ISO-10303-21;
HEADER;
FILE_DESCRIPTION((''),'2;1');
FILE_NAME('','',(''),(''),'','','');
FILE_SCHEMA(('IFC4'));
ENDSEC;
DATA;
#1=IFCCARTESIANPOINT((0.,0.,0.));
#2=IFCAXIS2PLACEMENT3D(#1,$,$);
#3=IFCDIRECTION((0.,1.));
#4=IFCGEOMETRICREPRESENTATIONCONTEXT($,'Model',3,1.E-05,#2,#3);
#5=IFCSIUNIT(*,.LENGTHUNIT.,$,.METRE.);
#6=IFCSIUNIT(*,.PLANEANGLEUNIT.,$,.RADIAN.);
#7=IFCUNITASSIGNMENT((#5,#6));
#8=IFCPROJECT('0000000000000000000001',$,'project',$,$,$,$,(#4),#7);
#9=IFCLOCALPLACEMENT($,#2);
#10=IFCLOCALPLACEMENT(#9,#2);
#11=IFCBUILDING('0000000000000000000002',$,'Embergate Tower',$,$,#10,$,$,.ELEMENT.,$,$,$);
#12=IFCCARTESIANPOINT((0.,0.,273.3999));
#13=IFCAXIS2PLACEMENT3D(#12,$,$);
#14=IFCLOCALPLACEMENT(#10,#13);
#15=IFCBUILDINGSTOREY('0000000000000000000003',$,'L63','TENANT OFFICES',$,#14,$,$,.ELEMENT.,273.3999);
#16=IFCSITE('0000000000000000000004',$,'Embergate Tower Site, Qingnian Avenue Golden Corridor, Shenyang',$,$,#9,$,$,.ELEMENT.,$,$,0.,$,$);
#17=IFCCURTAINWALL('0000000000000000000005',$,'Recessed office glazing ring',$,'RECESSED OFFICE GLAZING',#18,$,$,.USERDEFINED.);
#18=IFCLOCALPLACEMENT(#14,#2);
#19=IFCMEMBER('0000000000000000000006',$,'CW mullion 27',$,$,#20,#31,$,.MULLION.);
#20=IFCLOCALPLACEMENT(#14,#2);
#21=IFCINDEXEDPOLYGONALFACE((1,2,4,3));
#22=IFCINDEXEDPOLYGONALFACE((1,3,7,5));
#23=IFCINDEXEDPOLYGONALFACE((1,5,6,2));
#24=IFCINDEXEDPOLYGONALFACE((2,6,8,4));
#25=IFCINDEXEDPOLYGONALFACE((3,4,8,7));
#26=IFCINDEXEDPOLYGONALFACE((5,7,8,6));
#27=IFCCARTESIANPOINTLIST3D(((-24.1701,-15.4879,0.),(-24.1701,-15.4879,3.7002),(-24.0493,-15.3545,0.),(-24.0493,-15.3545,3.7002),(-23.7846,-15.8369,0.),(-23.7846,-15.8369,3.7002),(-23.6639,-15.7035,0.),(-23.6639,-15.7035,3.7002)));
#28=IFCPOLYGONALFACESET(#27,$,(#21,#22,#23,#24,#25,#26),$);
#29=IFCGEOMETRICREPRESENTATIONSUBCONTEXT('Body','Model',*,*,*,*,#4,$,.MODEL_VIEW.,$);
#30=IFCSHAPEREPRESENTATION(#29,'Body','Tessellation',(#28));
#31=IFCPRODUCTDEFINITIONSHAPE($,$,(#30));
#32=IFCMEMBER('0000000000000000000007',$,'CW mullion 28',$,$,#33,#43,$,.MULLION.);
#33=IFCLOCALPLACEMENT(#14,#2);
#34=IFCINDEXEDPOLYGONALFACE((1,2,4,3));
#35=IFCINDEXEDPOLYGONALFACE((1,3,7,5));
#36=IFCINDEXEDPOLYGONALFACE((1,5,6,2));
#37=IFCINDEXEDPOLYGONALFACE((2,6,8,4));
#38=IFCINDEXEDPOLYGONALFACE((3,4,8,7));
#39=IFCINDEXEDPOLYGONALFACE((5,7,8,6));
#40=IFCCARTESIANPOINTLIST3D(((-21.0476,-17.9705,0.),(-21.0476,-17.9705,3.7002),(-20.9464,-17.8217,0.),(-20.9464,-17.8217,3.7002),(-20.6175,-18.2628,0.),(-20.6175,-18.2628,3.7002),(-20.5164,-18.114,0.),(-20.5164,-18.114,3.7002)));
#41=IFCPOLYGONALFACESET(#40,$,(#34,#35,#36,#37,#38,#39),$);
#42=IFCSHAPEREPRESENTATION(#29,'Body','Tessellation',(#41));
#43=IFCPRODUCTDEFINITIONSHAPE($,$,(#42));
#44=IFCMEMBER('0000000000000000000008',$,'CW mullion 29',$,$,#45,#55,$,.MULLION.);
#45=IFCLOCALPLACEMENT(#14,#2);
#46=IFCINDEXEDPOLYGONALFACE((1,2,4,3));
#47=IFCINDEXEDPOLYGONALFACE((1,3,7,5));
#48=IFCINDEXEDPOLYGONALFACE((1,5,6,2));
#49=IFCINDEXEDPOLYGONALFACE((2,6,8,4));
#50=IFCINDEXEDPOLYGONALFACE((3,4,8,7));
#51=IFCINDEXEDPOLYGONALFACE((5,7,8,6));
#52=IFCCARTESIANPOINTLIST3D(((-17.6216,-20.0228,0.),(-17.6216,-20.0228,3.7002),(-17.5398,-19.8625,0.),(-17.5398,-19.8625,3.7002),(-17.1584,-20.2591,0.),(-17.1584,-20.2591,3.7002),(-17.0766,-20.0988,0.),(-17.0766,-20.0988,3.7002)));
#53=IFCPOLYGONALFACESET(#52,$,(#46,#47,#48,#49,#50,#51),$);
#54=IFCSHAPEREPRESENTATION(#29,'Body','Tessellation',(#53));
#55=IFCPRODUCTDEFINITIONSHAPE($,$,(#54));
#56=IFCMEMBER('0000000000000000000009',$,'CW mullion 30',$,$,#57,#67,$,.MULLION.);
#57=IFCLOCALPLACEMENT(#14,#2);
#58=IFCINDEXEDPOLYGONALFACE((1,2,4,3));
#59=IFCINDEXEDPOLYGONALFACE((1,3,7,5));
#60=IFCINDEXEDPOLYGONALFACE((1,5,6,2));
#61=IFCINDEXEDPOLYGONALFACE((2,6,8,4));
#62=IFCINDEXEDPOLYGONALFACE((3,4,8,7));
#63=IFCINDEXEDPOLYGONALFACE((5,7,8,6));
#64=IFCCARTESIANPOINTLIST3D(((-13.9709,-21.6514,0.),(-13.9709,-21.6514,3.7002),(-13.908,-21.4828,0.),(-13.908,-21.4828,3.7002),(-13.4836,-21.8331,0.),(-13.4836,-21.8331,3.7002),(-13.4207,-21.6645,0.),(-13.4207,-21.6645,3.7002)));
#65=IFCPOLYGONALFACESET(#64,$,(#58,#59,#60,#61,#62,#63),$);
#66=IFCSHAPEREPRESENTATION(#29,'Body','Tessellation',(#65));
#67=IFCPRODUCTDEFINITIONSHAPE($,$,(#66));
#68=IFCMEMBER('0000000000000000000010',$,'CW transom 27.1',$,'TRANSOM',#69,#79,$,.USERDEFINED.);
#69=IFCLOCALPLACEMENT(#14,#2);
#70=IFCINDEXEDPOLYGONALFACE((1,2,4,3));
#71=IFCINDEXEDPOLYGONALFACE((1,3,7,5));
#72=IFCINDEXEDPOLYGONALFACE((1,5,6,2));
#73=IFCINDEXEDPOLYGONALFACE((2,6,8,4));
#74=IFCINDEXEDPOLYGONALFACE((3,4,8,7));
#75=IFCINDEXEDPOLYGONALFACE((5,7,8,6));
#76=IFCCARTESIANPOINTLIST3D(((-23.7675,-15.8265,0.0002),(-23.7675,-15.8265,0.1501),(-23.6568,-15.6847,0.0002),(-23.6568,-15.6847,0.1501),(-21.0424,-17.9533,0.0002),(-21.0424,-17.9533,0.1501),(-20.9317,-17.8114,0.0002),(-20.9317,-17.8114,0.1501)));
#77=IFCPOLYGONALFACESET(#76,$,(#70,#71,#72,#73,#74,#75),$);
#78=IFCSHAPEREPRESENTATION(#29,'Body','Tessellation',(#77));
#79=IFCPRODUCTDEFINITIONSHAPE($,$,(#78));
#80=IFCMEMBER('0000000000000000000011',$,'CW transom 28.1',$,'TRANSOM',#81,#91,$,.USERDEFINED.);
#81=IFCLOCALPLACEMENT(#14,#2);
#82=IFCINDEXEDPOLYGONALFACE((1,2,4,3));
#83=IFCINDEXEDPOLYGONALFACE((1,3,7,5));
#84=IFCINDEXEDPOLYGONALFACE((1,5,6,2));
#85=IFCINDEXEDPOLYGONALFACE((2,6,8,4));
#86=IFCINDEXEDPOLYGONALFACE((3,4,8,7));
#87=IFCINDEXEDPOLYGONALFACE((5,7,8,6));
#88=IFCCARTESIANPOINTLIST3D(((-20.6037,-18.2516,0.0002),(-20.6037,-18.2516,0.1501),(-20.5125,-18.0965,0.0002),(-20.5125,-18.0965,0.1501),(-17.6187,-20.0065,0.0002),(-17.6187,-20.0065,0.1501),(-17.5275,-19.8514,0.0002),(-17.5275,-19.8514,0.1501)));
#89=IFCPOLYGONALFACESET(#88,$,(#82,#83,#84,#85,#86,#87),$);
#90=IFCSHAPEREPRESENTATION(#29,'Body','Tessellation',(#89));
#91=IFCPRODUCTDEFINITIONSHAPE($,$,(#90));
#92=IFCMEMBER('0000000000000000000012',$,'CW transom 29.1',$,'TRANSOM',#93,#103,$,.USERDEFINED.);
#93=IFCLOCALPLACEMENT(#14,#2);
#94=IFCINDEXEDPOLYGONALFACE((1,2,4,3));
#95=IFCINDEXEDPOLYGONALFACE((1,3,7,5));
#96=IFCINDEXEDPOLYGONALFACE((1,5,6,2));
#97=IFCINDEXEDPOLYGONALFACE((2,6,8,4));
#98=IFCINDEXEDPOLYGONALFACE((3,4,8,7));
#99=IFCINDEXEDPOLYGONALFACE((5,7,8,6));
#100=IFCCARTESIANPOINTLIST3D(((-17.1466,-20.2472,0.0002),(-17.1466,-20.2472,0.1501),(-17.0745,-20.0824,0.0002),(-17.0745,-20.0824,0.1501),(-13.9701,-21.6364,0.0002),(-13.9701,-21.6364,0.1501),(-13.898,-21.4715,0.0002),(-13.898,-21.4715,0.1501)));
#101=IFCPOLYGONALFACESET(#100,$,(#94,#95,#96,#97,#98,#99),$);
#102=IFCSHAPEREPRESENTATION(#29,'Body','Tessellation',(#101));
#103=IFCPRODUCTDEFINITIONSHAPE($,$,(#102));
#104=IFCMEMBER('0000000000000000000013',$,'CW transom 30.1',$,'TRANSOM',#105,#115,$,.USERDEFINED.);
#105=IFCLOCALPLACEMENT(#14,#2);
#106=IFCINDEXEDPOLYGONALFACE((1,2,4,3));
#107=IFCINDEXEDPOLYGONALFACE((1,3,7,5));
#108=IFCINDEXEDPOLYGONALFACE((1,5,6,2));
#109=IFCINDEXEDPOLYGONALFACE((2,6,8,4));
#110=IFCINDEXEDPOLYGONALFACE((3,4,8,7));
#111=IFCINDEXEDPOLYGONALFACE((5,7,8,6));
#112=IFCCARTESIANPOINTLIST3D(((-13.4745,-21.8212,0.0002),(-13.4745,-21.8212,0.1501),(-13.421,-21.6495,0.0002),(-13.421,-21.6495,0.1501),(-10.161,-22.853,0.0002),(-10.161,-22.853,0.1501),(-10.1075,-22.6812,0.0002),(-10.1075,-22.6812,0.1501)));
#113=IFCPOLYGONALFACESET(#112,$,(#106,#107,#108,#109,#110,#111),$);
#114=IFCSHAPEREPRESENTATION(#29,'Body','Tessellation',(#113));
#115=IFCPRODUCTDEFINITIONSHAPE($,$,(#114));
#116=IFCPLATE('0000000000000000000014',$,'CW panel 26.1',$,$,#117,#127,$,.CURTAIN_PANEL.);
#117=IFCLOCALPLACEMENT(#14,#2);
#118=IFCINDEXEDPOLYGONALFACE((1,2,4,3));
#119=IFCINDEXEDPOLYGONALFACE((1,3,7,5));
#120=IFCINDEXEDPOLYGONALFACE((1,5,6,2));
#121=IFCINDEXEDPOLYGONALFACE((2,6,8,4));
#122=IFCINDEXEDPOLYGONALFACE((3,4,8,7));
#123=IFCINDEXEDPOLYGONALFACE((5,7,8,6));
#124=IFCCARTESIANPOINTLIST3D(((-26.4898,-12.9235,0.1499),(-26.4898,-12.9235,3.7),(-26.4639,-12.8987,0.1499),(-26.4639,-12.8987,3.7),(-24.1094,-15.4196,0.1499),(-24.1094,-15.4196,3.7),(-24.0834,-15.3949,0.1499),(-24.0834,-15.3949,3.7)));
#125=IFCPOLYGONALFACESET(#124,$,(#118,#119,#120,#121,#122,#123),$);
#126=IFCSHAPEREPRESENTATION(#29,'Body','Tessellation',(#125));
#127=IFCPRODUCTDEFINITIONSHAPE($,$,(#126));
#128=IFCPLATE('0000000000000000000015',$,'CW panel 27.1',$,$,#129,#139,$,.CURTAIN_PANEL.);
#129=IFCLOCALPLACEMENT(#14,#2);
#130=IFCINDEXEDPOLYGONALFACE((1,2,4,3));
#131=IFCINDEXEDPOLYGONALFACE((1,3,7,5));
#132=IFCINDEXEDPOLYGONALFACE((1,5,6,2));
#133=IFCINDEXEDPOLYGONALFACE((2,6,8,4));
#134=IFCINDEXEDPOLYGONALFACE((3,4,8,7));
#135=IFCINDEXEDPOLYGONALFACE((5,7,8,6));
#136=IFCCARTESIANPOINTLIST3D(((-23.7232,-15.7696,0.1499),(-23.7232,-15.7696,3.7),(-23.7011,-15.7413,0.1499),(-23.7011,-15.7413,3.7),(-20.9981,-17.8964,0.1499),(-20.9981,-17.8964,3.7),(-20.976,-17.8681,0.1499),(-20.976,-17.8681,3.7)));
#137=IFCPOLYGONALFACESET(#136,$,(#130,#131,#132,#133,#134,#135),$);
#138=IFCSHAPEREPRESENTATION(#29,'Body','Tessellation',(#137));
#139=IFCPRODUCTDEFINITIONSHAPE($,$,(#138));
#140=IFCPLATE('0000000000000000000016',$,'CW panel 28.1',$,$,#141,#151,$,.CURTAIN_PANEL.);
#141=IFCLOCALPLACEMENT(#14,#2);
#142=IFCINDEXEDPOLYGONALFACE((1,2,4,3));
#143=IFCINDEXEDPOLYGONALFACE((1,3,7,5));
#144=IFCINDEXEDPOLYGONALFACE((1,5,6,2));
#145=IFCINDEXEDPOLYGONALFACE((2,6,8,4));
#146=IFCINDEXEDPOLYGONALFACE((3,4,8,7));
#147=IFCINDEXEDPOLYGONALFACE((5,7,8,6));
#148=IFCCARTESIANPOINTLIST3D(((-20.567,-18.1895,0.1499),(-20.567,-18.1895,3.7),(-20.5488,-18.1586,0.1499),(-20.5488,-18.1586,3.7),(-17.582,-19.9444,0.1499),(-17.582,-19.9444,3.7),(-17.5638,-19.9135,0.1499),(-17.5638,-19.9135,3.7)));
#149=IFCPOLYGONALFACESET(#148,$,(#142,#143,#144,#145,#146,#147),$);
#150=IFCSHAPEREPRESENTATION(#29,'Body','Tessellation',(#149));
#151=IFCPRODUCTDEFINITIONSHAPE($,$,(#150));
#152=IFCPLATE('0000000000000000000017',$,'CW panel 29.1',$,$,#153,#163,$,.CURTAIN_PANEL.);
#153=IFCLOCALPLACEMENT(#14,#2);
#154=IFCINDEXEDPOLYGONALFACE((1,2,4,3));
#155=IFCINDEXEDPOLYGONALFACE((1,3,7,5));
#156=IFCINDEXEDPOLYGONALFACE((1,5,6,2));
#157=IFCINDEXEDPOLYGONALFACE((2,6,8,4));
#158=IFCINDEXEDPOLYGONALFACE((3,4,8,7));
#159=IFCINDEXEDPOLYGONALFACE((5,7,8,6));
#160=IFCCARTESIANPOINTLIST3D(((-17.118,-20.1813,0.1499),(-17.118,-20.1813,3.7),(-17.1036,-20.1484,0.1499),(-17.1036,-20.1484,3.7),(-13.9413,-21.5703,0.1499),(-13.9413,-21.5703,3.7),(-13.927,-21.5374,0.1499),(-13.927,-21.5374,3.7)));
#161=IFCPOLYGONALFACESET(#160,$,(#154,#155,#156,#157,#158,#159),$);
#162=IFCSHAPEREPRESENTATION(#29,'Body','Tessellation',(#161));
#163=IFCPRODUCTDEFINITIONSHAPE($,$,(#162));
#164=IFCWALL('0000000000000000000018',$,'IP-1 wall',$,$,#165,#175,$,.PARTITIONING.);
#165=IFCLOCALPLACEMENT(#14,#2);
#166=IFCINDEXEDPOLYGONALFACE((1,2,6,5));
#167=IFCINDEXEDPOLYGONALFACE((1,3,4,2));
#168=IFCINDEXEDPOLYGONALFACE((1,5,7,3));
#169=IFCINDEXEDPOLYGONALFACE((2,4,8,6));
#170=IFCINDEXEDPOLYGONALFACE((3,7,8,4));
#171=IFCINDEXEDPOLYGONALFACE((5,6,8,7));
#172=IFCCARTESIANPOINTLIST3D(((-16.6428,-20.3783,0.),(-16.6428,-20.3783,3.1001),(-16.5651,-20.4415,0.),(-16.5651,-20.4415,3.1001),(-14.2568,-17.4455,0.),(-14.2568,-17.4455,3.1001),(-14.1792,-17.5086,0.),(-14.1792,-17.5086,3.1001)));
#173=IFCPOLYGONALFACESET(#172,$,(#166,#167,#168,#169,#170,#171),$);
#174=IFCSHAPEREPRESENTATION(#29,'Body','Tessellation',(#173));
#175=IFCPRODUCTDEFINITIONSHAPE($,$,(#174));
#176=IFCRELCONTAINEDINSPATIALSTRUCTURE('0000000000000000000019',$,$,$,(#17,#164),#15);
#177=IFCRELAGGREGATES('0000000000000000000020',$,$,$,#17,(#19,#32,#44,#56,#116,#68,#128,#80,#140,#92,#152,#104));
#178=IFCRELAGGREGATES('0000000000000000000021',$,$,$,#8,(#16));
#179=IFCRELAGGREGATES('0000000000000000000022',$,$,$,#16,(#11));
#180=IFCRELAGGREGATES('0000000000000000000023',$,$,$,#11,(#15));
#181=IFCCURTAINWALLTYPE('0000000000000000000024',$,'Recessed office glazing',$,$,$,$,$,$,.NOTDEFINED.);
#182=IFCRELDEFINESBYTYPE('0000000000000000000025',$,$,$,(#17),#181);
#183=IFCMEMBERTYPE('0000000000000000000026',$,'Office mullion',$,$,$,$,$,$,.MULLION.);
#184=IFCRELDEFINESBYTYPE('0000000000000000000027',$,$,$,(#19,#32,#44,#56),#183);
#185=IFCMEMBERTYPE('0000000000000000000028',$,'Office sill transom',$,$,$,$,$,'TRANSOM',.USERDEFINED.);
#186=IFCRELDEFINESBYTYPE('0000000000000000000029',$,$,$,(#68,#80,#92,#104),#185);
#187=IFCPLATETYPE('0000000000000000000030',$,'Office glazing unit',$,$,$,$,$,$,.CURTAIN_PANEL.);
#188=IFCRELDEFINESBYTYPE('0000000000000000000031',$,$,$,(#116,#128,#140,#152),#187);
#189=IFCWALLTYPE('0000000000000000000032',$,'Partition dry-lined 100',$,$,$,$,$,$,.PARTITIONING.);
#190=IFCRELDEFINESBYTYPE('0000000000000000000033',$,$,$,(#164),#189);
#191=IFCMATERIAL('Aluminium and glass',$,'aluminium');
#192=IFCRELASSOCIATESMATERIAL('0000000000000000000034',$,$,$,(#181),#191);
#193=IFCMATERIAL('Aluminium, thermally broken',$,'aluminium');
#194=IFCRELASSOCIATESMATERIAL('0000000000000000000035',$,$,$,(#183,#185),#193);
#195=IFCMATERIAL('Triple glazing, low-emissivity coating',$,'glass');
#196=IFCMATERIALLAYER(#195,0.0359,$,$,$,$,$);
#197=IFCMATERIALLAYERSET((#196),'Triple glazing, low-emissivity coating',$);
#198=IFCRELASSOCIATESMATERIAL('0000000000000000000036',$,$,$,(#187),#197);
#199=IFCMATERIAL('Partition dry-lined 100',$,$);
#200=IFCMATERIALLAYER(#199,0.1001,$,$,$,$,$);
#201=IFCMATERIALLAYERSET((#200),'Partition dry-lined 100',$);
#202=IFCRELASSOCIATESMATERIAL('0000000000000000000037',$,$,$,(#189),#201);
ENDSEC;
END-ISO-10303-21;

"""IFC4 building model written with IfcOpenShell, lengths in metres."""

from ifc_helpers import new_model, si_unit, direction, frame, frame_2d, origin, origin_2d, place, context, subcontext, project, spatial, rectangle, extrude, source, transform, mapped, material, layer, layer_set, material_profile, profile_set, type_object, element, aggregate, save


model = new_model("IFC4")

# Units and contexts
model_context = context("Model", 3, precision=1e-05, world=origin(), true_north=direction((0.0, 1.0)))
body_context = subcontext(model_context, "Body", "Model", "MODEL_VIEW")
ifc_project = project(units=[si_unit("LENGTHUNIT", "METRE"), si_unit("PLANEANGLEUNIT", "RADIAN")], contexts=[model_context])

# Site, building, storey
site_placement = place(None, origin())
site = spatial("IfcSite", under=ifc_project, at=site_placement, Name="Embergate Tower Site, Qingnian Avenue Golden Corridor, Shenyang", CompositionType="ELEMENT", RefElevation=0.0)
building_placement = place(site_placement, origin())
building = spatial("IfcBuilding", under=site, at=building_placement, Name="Embergate Tower", CompositionType="ELEMENT")
storey_placement = place(building_placement, frame((0.0, 0.0, 273.3999)))
storey = spatial("IfcBuildingStorey", under=building, at=storey_placement, Name="L63", Description="TENANT OFFICES", CompositionType="ELEMENT", Elevation=273.3999)

# Curtain wall, members, plates
ifc_material_1 = material(Name="Aluminium and glass", Category="aluminium")
curtain_wall_type = type_object("IfcCurtainWallType", Name="Recessed office glazing", PredefinedType="NOTDEFINED", material=ifc_material_1)
curtain_wall_placement = place(storey_placement, origin())
curtain_wall = element("IfcCurtainWall", 1, at=curtain_wall_placement, inside=storey, type_object=curtain_wall_type, Name="Recessed office glazing ring", ObjectType="RECESSED OFFICE GLAZING", PredefinedType="USERDEFINED")
ifc_material_2 = material(Name="Aluminium, thermally broken", Category="aluminium")
ifc_material_profile_1 = material_profile(ifc_material_2, rectangle(XDim=0.1799, YDim=0.52, at=origin_2d()), Name="AL 520x180")
ifc_profile_set_1 = profile_set([ifc_material_profile_1], Name="Aluminium, thermally broken")
member_type_1 = type_object("IfcMemberType", Name="Office mullion", PredefinedType="MULLION", material=ifc_profile_set_1)
shared_shape_1 = source(origin(), body_context, "Body", "SweptSolid", [
    extrude(rectangle(XDim=0.1799, YDim=0.52, at=origin_2d()), origin(), (0.0, 0.0, 1.0), 3.7002),
])
member_1_placement = place(storey_placement, frame((-23.917, -15.5957, 0.0), z_axis=(0.0, 0.0, 1.0), x_axis=(0.671216, 0.741262, 0.0)))
member_1 = element("IfcMember", 2, at=member_1_placement, type_object=member_type_1, Name="CW mullion 27", PredefinedType="MULLION", context=body_context, shape_type="MappedRepresentation", body=[
    mapped(shared_shape_1, transform((0.0, 0.0, 0.0))),
])
member_2_placement = place(storey_placement, frame((-20.782, -18.0422, 0.0), z_axis=(0.0, 0.0, 1.0), x_axis=(0.562208, 0.826996, 0.0)))
member_2 = element("IfcMember", 3, at=member_2_placement, type_object=member_type_1, Name="CW mullion 28", PredefinedType="MULLION", context=body_context, shape_type="MappedRepresentation", body=[
    mapped(shared_shape_1, transform((0.0, 0.0, 0.0))),
])
member_3_placement = place(storey_placement, frame((-17.3491, -20.0608, 0.0), z_axis=(0.0, 0.0, 1.0), x_axis=(0.454504, 0.890745, 0.0)))
member_3 = element("IfcMember", 4, at=member_3_placement, type_object=member_type_1, Name="CW mullion 29", PredefinedType="MULLION", context=body_context, shape_type="MappedRepresentation", body=[
    mapped(shared_shape_1, transform((0.0, 0.0, 0.0))),
])
member_4_placement = place(storey_placement, frame((-13.6958, -21.658, 0.0), z_axis=(0.0, 0.0, 1.0), x_axis=(0.349496, 0.936938, 0.0)))
member_4 = element("IfcMember", 5, at=member_4_placement, type_object=member_type_1, Name="CW mullion 30", PredefinedType="MULLION", context=body_context, shape_type="MappedRepresentation", body=[
    mapped(shared_shape_1, transform((0.0, 0.0, 0.0))),
])
ifc_material_profile_2 = material_profile(ifc_material_2, rectangle(XDim=0.1799, YDim=0.1499, at=origin_2d()), Name="AL 150x180")
ifc_profile_set_2 = profile_set([ifc_material_profile_2], Name="Aluminium, thermally broken")
member_type_2 = type_object("IfcMemberType", Name="Office sill transom", ElementType="TRANSOM", PredefinedType="USERDEFINED", material=ifc_profile_set_2)
shared_shape_2 = source(origin(), body_context, "Body", "SweptSolid", [
    extrude(rectangle(XDim=0.1799, YDim=0.1499, at=origin_2d()), origin(), (0.0, 0.0, 1.0), 3.4568),
])
member_5_placement = place(storey_placement, frame((-23.7122, -15.7556, 0.0752), z_axis=(0.788343, -0.615236, 0.0), x_axis=(0.615236, 0.788343, 0.0)))
member_5 = element("IfcMember", 6, at=member_5_placement, type_object=member_type_2, Name="CW transom 27.1", ObjectType="TRANSOM", PredefinedType="USERDEFINED", context=body_context, shape_type="MappedRepresentation", body=[
    mapped(shared_shape_2, transform((0.0, 0.0, 0.0))),
])
shared_shape_3 = source(origin(), body_context, "Body", "SweptSolid", [
    extrude(rectangle(XDim=0.1799, YDim=0.1499, at=origin_2d()), origin(), (0.0, 0.0, 1.0), 3.4626),
])
member_6_placement = place(storey_placement, frame((-20.5581, -18.1741, 0.0752), z_axis=(0.862068, -0.506792, 0.0), x_axis=(0.506792, 0.862068, 0.0)))
member_6 = element("IfcMember", 7, at=member_6_placement, type_object=member_type_2, Name="CW transom 28.1", ObjectType="TRANSOM", PredefinedType="USERDEFINED", context=body_context, shape_type="MappedRepresentation", body=[
    mapped(shared_shape_3, transform((0.0, 0.0, 0.0))),
])
shared_shape_4 = source(origin(), body_context, "Body", "SweptSolid", [
    extrude(rectangle(XDim=0.1799, YDim=0.1499, at=origin_2d()), origin(), (0.0, 0.0, 1.0), 3.467),
])
member_7_placement = place(storey_placement, frame((-17.1106, -20.1648, 0.0752), z_axis=(0.916217, -0.400682, 0.0), x_axis=(0.400682, 0.916217, 0.0)))
member_7 = element("IfcMember", 8, at=member_7_placement, type_object=member_type_2, Name="CW transom 29.1", ObjectType="TRANSOM", PredefinedType="USERDEFINED", context=body_context, shape_type="MappedRepresentation", body=[
    mapped(shared_shape_4, transform((0.0, 0.0, 0.0))),
])
shared_shape_5 = source(origin(), body_context, "Body", "SweptSolid", [
    extrude(rectangle(XDim=0.1799, YDim=0.1499, at=origin_2d()), origin(), (0.0, 0.0, 1.0), 3.4705),
])
member_8_placement = place(storey_placement, frame((-13.4478, -21.7354, 0.0752), z_axis=(0.954785, -0.297297, 0.0), x_axis=(0.297297, 0.954785, 0.0)))
member_8 = element("IfcMember", 9, at=member_8_placement, type_object=member_type_2, Name="CW transom 30.1", ObjectType="TRANSOM", PredefinedType="USERDEFINED", context=body_context, shape_type="MappedRepresentation", body=[
    mapped(shared_shape_5, transform((0.0, 0.0, 0.0))),
])
ifc_material_3 = material(Name="Triple glazing, low-emissivity coating", Category="glass")
ifc_layer_1 = layer(ifc_material_3, 0.0359)
ifc_layer_set_1 = layer_set([ifc_layer_1], Name="Triple glazing, low-emissivity coating")
plate_type = type_object("IfcPlateType", Name="Office glazing unit", PredefinedType="CURTAIN_PANEL", material=ifc_layer_set_1)
shared_shape_6 = source(origin(), body_context, "Body", "SweptSolid", [
    extrude(rectangle(XDim=3.4492, YDim=0.0359, at=origin_2d()), origin(), (0.0, 0.0, 1.0), 3.55),
])
plate_1_placement = place(storey_placement, frame((-25.2866, -14.1592, 0.1499), z_axis=(0.0, 0.0, 1.0), x_axis=(0.690139, -0.723677, 0.0)))
plate_1 = element("IfcPlate", 10, at=plate_1_placement, type_object=plate_type, Name="CW panel 26.1", PredefinedType="CURTAIN_PANEL", context=body_context, shape_type="MappedRepresentation", body=[
    mapped(shared_shape_6, transform((0.0, 0.0, 0.0))),
])
shared_shape_7 = source(origin(), body_context, "Body", "SweptSolid", [
    extrude(rectangle(XDim=3.4568, YDim=0.0359, at=origin_2d()), origin(), (0.0, 0.0, 1.0), 3.55),
])
plate_2_placement = place(storey_placement, frame((-22.3496, -16.8188, 0.1499), z_axis=(0.0, 0.0, 1.0), x_axis=(0.788323, -0.615261, 0.0)))
plate_2 = element("IfcPlate", 11, at=plate_2_placement, type_object=plate_type, Name="CW panel 27.1", PredefinedType="CURTAIN_PANEL", context=body_context, shape_type="MappedRepresentation", body=[
    mapped(shared_shape_7, transform((0.0, 0.0, 0.0))),
])
shared_shape_8 = source(origin(), body_context, "Body", "SweptSolid", [
    extrude(rectangle(XDim=3.4626, YDim=0.0359, at=origin_2d()), origin(), (0.0, 0.0, 1.0), 3.55),
])
plate_3_placement = place(storey_placement, frame((-19.0654, -19.0515, 0.1499), z_axis=(0.0, 0.0, 1.0), x_axis=(0.862055, -0.506815, 0.0)))
plate_3 = element("IfcPlate", 12, at=plate_3_placement, type_object=plate_type, Name="CW panel 28.1", PredefinedType="CURTAIN_PANEL", context=body_context, shape_type="MappedRepresentation", body=[
    mapped(shared_shape_8, transform((0.0, 0.0, 0.0))),
])
shared_shape_9 = source(origin(), body_context, "Body", "SweptSolid", [
    extrude(rectangle(XDim=3.467, YDim=0.0359, at=origin_2d()), origin(), (0.0, 0.0, 1.0), 3.55),
])
plate_4_placement = place(storey_placement, frame((-15.5225, -20.8594, 0.1499), z_axis=(0.0, 0.0, 1.0), x_axis=(0.916238, -0.400635, 0.0)))
plate_4 = element("IfcPlate", 13, at=plate_4_placement, type_object=plate_type, Name="CW panel 29.1", PredefinedType="CURTAIN_PANEL", context=body_context, shape_type="MappedRepresentation", body=[
    mapped(shared_shape_9, transform((0.0, 0.0, 0.0))),
])
aggregate(curtain_wall, [member_1, member_2, member_3, member_4, plate_1, member_5, plate_2, member_6, plate_3, member_7, plate_4, member_8])

# Wall
ifc_material_4 = material(Name="Partition dry-lined 100")
ifc_layer_2 = layer(ifc_material_4, 0.1001)
ifc_layer_set_2 = layer_set([ifc_layer_2], Name="Partition dry-lined 100")
wall_type = type_object("IfcWallType", Name="Partition dry-lined 100", PredefinedType="PARTITIONING", material=ifc_layer_set_2)
shared_shape_10 = source(origin(), body_context, "Body", "SweptSolid", [
    extrude(rectangle(XDim=3.7808, YDim=0.1001, at=frame_2d((1.8904, 0.0))), origin(), (0.0, 0.0, 1.0), 3.1001),
])
wall_placement = place(storey_placement, frame((-14.218, -17.4771, 0.0), z_axis=(0.0, 0.0, 1.0), x_axis=(-0.631076, -0.775721, 0.0)))
element("IfcWall", 14, at=wall_placement, inside=storey, type_object=wall_type, Name="IP-1 wall", PredefinedType="PARTITIONING", context=body_context, shape_type="MappedRepresentation", body=[
    mapped(shared_shape_10, transform((0.0, 0.0, 0.0))),
])

save(model, "model.ifc")
